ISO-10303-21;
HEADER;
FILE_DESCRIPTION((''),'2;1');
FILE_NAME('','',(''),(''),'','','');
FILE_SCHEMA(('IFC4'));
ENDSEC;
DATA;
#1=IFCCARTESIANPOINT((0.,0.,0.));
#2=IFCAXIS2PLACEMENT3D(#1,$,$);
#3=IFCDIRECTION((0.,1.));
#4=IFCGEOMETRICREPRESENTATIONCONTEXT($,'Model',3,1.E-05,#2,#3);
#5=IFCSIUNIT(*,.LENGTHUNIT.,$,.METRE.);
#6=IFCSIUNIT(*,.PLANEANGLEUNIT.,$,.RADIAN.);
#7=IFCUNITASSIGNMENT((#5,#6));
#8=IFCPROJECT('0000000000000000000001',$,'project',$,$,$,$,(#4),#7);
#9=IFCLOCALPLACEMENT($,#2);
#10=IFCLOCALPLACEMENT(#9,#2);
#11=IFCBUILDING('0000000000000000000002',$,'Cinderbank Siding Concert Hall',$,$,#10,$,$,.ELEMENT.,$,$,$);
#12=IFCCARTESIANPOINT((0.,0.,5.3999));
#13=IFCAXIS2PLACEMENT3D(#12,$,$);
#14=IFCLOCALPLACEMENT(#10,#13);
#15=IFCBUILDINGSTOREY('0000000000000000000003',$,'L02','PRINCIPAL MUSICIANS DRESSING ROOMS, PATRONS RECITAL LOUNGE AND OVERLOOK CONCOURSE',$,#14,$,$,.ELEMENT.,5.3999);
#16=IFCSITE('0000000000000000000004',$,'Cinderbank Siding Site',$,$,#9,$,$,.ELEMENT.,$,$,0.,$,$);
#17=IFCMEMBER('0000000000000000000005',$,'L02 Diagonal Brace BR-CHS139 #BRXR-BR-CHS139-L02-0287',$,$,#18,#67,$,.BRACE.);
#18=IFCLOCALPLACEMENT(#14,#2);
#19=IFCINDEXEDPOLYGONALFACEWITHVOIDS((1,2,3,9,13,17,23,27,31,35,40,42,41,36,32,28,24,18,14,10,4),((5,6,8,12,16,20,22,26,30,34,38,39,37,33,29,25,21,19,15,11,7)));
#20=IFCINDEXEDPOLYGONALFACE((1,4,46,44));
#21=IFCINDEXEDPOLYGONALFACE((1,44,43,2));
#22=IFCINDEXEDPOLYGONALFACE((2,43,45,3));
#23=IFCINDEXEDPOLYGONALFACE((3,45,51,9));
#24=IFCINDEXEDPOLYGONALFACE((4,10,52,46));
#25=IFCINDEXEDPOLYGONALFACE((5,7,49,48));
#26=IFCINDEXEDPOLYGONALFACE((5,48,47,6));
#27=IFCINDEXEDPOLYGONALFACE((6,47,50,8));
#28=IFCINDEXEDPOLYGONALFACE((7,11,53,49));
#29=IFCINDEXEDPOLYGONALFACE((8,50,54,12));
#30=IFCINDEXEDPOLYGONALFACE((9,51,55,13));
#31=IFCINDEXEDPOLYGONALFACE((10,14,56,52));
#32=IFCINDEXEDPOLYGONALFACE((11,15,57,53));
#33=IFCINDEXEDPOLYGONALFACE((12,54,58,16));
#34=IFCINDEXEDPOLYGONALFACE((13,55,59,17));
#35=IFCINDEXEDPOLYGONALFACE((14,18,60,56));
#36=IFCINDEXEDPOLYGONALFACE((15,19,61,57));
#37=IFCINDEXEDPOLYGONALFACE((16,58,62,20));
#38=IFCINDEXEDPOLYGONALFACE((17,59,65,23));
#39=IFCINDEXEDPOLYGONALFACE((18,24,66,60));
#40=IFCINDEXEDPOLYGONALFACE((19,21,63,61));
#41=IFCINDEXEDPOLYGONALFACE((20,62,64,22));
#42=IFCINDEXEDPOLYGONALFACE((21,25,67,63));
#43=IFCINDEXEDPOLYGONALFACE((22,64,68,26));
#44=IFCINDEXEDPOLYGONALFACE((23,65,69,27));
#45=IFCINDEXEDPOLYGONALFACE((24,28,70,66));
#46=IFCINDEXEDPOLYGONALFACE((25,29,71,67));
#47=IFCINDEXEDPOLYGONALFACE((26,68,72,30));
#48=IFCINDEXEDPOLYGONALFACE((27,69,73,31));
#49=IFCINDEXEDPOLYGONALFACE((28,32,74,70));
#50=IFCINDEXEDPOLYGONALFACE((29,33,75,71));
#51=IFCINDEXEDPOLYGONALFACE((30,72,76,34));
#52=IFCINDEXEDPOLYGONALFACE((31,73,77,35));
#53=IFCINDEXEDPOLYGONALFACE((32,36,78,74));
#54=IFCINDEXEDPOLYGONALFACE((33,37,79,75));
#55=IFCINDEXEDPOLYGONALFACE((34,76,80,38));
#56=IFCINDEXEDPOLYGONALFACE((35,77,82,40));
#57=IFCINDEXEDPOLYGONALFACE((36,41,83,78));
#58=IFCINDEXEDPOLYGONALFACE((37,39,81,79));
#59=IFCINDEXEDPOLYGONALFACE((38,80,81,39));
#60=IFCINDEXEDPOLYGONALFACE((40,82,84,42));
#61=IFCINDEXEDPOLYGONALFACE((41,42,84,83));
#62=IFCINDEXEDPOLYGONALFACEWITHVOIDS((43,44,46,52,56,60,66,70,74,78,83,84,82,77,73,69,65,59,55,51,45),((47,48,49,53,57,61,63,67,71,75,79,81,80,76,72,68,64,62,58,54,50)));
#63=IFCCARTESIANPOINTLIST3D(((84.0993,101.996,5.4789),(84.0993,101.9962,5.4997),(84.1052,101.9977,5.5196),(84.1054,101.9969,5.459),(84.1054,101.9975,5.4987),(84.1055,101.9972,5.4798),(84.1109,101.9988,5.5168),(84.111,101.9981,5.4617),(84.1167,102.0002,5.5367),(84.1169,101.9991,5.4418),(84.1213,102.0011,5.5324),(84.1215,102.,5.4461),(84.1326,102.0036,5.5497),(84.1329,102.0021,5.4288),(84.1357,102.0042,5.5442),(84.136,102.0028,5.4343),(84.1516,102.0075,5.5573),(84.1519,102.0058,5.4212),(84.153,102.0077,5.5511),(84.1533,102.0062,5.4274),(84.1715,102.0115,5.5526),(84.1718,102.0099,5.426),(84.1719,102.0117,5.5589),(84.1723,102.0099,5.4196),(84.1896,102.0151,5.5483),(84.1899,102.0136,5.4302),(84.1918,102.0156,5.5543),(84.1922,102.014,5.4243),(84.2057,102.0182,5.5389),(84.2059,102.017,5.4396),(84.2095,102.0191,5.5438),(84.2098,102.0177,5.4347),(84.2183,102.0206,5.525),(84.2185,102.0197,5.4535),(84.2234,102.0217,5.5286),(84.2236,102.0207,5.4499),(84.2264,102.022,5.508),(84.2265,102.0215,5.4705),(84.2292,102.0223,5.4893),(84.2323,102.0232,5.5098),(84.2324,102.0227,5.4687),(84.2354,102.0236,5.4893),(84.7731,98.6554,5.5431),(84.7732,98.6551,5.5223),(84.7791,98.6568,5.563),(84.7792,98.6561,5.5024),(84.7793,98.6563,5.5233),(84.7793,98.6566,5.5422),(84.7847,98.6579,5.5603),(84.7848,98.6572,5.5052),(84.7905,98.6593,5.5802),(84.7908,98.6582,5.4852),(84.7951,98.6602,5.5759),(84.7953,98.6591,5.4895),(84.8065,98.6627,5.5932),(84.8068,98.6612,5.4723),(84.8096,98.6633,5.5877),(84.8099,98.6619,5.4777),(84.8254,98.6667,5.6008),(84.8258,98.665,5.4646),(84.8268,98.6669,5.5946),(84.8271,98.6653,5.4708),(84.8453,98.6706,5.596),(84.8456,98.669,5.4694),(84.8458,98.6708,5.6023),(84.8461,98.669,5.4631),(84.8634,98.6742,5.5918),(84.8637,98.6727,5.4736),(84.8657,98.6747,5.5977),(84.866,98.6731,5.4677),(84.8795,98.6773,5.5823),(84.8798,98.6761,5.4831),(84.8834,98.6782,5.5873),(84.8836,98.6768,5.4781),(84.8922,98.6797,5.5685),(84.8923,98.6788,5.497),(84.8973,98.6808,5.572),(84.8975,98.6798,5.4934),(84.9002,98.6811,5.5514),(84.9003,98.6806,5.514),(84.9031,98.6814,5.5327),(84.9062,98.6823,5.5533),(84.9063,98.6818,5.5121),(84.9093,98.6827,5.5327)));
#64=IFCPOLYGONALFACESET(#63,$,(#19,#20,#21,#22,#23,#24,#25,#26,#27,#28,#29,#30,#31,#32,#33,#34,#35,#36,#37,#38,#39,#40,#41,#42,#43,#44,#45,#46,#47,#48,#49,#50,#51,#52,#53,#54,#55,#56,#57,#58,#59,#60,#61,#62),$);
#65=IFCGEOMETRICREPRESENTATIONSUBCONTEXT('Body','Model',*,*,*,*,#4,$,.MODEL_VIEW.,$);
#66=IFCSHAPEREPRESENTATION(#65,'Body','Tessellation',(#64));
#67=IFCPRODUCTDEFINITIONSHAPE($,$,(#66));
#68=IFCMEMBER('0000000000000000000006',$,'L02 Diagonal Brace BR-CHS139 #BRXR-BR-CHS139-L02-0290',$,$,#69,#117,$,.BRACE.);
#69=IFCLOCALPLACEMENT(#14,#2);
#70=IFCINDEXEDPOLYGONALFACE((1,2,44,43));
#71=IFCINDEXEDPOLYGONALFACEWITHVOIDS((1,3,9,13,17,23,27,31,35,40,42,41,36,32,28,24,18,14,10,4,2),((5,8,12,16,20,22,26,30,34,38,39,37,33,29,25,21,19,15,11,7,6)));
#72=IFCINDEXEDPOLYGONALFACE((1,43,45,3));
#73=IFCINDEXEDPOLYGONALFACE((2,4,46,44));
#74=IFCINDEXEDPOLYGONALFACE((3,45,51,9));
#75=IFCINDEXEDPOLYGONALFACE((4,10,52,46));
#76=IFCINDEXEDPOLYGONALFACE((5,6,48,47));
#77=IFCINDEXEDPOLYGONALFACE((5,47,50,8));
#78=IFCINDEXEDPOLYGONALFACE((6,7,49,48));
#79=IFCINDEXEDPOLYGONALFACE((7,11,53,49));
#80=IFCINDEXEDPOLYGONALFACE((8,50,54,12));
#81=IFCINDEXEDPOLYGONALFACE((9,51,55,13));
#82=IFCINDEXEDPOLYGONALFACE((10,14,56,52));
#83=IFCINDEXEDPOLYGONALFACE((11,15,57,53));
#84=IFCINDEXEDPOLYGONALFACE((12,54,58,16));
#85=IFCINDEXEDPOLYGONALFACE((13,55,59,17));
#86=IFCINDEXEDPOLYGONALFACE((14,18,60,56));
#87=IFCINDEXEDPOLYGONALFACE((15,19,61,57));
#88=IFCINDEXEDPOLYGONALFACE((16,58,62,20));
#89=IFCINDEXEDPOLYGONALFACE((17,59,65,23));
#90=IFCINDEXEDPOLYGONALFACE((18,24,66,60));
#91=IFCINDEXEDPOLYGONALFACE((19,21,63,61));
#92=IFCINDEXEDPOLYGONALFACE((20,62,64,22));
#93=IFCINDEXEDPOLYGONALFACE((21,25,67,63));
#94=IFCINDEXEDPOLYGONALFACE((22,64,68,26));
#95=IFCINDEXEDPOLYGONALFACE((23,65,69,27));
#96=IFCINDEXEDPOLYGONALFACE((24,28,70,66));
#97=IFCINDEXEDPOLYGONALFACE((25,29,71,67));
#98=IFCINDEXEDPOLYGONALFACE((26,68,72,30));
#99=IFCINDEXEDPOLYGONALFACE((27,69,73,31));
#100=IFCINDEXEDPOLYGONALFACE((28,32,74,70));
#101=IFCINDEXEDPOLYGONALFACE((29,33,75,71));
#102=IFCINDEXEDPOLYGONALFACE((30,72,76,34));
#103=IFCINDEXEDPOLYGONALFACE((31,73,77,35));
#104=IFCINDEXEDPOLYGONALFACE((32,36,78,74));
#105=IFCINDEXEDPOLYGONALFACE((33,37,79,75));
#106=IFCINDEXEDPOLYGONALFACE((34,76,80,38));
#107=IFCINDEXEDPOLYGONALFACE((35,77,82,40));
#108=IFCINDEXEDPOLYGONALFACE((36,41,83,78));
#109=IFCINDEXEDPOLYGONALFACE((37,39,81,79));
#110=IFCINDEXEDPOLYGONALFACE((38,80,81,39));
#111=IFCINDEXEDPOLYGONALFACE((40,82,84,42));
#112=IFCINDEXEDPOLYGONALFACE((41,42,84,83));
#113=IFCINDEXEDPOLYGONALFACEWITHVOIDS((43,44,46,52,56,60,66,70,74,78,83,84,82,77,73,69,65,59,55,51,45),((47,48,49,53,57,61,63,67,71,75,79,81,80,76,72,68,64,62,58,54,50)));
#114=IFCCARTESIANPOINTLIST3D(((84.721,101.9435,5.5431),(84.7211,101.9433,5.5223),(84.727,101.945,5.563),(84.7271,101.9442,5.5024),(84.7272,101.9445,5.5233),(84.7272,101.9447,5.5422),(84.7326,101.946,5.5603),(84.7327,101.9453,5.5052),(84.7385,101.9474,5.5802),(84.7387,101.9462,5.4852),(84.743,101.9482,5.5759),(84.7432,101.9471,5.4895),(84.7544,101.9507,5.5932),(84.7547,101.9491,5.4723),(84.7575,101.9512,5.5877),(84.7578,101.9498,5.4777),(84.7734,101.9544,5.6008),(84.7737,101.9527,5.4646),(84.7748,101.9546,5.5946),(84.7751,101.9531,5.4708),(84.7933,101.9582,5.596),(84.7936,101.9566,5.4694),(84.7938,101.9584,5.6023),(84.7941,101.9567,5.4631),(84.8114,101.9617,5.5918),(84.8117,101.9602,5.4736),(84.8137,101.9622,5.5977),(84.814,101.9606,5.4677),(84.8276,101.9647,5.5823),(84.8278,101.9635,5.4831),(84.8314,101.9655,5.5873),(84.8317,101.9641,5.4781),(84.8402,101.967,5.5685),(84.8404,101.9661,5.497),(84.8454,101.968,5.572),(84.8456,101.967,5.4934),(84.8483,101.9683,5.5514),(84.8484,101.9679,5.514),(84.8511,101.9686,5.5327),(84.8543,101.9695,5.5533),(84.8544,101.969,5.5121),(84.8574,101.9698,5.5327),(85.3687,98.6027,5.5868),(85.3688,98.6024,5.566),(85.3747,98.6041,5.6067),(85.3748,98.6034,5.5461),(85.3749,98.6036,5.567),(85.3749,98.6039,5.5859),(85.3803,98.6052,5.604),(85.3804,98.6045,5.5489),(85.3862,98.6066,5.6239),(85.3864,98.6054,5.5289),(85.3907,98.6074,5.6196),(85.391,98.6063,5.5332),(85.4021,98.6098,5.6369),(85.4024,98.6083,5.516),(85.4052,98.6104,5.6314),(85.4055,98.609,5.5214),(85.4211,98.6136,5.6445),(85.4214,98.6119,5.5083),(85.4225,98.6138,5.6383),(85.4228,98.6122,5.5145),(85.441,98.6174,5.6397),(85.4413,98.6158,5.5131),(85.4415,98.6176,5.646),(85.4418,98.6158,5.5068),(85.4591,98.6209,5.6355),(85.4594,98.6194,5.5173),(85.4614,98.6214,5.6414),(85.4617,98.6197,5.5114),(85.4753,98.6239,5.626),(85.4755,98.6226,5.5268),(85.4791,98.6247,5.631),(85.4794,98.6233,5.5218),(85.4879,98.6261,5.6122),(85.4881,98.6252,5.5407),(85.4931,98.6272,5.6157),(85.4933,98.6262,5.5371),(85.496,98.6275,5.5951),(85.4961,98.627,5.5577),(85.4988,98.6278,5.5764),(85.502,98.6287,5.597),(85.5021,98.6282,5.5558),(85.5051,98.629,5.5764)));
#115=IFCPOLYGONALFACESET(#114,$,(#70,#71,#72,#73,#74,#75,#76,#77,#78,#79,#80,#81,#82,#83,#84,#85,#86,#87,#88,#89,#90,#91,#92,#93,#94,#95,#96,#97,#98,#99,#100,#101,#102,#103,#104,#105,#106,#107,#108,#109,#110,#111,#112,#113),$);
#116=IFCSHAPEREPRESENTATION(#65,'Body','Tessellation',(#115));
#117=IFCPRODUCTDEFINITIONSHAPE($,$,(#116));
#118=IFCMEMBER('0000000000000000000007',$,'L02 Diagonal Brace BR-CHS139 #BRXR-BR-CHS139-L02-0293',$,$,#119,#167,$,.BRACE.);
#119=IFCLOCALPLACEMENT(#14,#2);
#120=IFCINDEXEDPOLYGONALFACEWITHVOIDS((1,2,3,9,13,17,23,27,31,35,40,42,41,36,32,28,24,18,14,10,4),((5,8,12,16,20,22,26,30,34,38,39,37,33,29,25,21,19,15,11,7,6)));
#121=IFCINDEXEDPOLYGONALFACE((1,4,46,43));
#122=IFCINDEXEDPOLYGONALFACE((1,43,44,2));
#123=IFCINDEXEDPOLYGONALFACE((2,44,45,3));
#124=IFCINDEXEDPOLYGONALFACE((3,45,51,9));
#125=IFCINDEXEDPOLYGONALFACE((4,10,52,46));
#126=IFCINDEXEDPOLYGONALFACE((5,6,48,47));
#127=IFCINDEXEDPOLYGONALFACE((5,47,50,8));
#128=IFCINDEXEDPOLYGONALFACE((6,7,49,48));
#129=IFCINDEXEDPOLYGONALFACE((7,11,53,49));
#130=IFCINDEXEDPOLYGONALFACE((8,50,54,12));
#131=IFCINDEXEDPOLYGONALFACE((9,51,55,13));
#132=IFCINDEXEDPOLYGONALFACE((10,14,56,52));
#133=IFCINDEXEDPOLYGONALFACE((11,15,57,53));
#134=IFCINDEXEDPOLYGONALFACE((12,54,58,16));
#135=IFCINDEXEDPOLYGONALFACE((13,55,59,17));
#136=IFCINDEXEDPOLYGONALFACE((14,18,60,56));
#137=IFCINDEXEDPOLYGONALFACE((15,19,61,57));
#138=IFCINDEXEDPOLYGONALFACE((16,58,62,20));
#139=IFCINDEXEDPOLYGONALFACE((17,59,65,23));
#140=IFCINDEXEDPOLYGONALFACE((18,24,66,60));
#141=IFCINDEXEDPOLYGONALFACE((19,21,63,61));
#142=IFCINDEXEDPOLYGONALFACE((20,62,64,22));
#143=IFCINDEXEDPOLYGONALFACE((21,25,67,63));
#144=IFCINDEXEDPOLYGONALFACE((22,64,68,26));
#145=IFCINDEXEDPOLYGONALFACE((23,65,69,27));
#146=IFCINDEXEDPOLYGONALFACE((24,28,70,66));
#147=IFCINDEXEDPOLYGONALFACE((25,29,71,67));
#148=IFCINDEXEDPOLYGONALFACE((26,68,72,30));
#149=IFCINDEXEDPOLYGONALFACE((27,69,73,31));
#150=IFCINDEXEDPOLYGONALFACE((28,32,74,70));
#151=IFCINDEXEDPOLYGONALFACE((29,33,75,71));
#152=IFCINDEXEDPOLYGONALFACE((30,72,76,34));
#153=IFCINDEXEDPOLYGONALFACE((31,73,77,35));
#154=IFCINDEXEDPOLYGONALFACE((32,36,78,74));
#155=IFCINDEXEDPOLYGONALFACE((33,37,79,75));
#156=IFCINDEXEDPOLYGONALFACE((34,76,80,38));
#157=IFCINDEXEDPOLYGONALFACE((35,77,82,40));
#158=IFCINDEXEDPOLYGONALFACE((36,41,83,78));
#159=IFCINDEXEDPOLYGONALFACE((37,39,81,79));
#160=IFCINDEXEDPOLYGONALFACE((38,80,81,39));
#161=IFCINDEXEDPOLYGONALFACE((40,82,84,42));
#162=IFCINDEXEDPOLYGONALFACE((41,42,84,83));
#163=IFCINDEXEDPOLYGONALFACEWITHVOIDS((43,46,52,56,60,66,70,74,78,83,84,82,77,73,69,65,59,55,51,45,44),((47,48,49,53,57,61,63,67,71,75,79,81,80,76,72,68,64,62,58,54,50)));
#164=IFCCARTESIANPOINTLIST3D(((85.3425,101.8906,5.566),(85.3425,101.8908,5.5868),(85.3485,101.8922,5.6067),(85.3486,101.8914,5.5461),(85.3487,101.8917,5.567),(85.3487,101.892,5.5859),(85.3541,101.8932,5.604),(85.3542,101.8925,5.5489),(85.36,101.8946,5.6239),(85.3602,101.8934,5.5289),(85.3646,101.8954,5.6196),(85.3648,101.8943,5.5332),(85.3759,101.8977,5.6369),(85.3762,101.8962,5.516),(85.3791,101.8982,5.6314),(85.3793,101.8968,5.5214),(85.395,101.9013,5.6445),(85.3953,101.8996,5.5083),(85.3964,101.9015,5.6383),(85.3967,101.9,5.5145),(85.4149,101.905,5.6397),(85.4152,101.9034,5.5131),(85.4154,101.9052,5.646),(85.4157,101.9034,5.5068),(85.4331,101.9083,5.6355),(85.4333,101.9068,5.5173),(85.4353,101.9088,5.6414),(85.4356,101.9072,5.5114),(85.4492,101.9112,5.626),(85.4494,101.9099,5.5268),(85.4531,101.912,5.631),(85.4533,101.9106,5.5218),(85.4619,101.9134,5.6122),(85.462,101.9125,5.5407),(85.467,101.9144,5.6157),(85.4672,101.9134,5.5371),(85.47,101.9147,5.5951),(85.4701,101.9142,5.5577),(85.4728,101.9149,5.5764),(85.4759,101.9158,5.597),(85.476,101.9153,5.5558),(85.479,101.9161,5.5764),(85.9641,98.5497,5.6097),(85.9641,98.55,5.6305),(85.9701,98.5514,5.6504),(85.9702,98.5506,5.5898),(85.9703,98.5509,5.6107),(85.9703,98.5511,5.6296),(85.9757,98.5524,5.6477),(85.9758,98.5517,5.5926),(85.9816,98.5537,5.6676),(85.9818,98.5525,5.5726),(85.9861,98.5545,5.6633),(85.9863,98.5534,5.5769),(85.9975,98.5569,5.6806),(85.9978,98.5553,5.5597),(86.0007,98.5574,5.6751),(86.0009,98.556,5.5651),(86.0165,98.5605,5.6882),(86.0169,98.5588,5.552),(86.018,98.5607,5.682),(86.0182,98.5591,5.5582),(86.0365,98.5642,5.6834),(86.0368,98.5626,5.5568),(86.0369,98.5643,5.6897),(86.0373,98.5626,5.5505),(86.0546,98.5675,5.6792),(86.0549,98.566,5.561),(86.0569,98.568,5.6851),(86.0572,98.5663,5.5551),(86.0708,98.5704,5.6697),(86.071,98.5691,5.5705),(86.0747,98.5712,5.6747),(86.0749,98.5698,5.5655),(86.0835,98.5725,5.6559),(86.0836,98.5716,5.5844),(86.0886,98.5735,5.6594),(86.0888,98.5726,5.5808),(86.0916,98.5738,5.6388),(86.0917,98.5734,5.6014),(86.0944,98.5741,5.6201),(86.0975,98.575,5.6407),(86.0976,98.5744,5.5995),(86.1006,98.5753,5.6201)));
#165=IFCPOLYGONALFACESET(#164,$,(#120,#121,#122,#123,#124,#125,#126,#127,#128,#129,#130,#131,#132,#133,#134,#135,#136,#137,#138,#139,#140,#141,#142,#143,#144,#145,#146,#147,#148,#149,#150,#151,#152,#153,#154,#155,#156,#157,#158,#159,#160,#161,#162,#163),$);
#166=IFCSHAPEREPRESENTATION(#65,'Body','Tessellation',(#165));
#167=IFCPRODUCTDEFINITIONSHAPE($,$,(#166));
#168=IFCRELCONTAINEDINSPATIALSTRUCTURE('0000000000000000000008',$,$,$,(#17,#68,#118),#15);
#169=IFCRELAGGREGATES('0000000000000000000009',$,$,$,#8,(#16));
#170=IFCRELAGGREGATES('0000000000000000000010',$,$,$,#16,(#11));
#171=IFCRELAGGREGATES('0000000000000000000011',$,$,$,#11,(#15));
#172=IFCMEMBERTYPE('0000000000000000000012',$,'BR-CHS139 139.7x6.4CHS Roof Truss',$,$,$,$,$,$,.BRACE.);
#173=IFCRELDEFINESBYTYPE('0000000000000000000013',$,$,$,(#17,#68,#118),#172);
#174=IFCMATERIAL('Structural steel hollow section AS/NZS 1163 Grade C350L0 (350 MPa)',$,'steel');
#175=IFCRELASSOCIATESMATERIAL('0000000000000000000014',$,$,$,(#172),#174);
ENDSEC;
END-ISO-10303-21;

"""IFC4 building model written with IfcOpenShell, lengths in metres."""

from ifc_helpers import new_model, si_unit, direction, frame, origin, origin_2d, place, context, subcontext, project, spatial, hollow_circle, extrude, material, material_profile, profile_set, type_object, element, save


model = new_model("IFC4")

# Units and contexts
model_context = context("Model", 3, precision=1e-05, world=origin(), true_north=direction((0.0, 1.0)))
body_context = subcontext(model_context, "Body", "Model", "MODEL_VIEW")
ifc_project = project(units=[si_unit("LENGTHUNIT", "METRE"), si_unit("PLANEANGLEUNIT", "RADIAN")], contexts=[model_context])

# Site, building, storey
site_placement = place(None, origin())
site = spatial("IfcSite", under=ifc_project, at=site_placement, Name="Cinderbank Siding Site", CompositionType="ELEMENT", RefElevation=0.0)
building_placement = place(site_placement, origin())
building = spatial("IfcBuilding", under=site, at=building_placement, Name="Cinderbank Siding Concert Hall", CompositionType="ELEMENT")
storey_placement = place(building_placement, frame((0.0, 0.0, 5.3999)))
storey = spatial("IfcBuildingStorey", under=building, at=storey_placement, Name="L02", Description="PRINCIPAL MUSICIANS DRESSING ROOMS, PATRONS RECITAL LOUNGE AND OVERLOOK CONCOURSE", CompositionType="ELEMENT", Elevation=5.3999)

# Members
ifc_material_1 = material(Name="Structural steel hollow section AS/NZS 1163 Grade C350L0 (350 MPa)", Category="steel")
ifc_material_profile_1 = material_profile(ifc_material_1, hollow_circle(Radius=0.0698, WallThickness=0.0063, at=origin_2d()), Name="139.7x6.4CHS", Category="LoadBearing")
ifc_profile_set_1 = profile_set([ifc_material_profile_1], Name="Structural steel hollow section AS/NZS 1163 Grade C350L0 (350 MPa)")
member_type_1 = type_object("IfcMemberType", Name="BR-CHS139 139.7x6.4CHS Roof Truss", PredefinedType="BRACE", material=ifc_profile_set_1)
member_1_placement = place(storey_placement, frame((84.167, 102.0098, 5.4893), z_axis=(0.197698, -0.98018, 0.01275), x_axis=(0.98026, 0.197714, 0.0)))
element("IfcMember", 1, at=member_1_placement, inside=storey, type_object=member_type_1, Name="L02 Diagonal Brace BR-CHS139 #BRXR-BR-CHS139-L02-0287", PredefinedType="BRACE", context=body_context, shape_type="SweptSolid", body=[
    extrude(hollow_circle(Radius=0.0698, WallThickness=0.0063, at=origin_2d()), origin(), (0.0, 0.0, 1.0), 3.4084),
])
member_2_placement = place(storey_placement, frame((84.7888, 101.9565, 5.5327), z_axis=(0.190316, -0.981639, 0.012841), x_axis=(0.98172, 0.190332, 0.0)))
element("IfcMember", 2, at=member_2_placement, inside=storey, type_object=member_type_1, Name="L02 Diagonal Brace BR-CHS139 #BRXR-BR-CHS139-L02-0290", PredefinedType="BRACE", context=body_context, shape_type="SweptSolid", body=[
    extrude(hollow_circle(Radius=0.0698, WallThickness=0.0063, at=origin_2d()), origin(), (0.0, 0.0, 1.0), 3.4033),
])
member_3_placement = place(storey_placement, frame((85.4104, 101.9033, 5.5764), z_axis=(0.182902, -0.983047, 0.012859), x_axis=(0.983128, 0.182918, 0.0)))
element("IfcMember", 3, at=member_3_placement, inside=storey, type_object=member_type_1, Name="L02 Diagonal Brace BR-CHS139 #BRXR-BR-CHS139-L02-0293", PredefinedType="BRACE", context=body_context, shape_type="SweptSolid", body=[
    extrude(hollow_circle(Radius=0.0698, WallThickness=0.0063, at=origin_2d()), origin(), (0.0, 0.0, 1.0), 3.3984),
])

save(model, "model.ifc")
